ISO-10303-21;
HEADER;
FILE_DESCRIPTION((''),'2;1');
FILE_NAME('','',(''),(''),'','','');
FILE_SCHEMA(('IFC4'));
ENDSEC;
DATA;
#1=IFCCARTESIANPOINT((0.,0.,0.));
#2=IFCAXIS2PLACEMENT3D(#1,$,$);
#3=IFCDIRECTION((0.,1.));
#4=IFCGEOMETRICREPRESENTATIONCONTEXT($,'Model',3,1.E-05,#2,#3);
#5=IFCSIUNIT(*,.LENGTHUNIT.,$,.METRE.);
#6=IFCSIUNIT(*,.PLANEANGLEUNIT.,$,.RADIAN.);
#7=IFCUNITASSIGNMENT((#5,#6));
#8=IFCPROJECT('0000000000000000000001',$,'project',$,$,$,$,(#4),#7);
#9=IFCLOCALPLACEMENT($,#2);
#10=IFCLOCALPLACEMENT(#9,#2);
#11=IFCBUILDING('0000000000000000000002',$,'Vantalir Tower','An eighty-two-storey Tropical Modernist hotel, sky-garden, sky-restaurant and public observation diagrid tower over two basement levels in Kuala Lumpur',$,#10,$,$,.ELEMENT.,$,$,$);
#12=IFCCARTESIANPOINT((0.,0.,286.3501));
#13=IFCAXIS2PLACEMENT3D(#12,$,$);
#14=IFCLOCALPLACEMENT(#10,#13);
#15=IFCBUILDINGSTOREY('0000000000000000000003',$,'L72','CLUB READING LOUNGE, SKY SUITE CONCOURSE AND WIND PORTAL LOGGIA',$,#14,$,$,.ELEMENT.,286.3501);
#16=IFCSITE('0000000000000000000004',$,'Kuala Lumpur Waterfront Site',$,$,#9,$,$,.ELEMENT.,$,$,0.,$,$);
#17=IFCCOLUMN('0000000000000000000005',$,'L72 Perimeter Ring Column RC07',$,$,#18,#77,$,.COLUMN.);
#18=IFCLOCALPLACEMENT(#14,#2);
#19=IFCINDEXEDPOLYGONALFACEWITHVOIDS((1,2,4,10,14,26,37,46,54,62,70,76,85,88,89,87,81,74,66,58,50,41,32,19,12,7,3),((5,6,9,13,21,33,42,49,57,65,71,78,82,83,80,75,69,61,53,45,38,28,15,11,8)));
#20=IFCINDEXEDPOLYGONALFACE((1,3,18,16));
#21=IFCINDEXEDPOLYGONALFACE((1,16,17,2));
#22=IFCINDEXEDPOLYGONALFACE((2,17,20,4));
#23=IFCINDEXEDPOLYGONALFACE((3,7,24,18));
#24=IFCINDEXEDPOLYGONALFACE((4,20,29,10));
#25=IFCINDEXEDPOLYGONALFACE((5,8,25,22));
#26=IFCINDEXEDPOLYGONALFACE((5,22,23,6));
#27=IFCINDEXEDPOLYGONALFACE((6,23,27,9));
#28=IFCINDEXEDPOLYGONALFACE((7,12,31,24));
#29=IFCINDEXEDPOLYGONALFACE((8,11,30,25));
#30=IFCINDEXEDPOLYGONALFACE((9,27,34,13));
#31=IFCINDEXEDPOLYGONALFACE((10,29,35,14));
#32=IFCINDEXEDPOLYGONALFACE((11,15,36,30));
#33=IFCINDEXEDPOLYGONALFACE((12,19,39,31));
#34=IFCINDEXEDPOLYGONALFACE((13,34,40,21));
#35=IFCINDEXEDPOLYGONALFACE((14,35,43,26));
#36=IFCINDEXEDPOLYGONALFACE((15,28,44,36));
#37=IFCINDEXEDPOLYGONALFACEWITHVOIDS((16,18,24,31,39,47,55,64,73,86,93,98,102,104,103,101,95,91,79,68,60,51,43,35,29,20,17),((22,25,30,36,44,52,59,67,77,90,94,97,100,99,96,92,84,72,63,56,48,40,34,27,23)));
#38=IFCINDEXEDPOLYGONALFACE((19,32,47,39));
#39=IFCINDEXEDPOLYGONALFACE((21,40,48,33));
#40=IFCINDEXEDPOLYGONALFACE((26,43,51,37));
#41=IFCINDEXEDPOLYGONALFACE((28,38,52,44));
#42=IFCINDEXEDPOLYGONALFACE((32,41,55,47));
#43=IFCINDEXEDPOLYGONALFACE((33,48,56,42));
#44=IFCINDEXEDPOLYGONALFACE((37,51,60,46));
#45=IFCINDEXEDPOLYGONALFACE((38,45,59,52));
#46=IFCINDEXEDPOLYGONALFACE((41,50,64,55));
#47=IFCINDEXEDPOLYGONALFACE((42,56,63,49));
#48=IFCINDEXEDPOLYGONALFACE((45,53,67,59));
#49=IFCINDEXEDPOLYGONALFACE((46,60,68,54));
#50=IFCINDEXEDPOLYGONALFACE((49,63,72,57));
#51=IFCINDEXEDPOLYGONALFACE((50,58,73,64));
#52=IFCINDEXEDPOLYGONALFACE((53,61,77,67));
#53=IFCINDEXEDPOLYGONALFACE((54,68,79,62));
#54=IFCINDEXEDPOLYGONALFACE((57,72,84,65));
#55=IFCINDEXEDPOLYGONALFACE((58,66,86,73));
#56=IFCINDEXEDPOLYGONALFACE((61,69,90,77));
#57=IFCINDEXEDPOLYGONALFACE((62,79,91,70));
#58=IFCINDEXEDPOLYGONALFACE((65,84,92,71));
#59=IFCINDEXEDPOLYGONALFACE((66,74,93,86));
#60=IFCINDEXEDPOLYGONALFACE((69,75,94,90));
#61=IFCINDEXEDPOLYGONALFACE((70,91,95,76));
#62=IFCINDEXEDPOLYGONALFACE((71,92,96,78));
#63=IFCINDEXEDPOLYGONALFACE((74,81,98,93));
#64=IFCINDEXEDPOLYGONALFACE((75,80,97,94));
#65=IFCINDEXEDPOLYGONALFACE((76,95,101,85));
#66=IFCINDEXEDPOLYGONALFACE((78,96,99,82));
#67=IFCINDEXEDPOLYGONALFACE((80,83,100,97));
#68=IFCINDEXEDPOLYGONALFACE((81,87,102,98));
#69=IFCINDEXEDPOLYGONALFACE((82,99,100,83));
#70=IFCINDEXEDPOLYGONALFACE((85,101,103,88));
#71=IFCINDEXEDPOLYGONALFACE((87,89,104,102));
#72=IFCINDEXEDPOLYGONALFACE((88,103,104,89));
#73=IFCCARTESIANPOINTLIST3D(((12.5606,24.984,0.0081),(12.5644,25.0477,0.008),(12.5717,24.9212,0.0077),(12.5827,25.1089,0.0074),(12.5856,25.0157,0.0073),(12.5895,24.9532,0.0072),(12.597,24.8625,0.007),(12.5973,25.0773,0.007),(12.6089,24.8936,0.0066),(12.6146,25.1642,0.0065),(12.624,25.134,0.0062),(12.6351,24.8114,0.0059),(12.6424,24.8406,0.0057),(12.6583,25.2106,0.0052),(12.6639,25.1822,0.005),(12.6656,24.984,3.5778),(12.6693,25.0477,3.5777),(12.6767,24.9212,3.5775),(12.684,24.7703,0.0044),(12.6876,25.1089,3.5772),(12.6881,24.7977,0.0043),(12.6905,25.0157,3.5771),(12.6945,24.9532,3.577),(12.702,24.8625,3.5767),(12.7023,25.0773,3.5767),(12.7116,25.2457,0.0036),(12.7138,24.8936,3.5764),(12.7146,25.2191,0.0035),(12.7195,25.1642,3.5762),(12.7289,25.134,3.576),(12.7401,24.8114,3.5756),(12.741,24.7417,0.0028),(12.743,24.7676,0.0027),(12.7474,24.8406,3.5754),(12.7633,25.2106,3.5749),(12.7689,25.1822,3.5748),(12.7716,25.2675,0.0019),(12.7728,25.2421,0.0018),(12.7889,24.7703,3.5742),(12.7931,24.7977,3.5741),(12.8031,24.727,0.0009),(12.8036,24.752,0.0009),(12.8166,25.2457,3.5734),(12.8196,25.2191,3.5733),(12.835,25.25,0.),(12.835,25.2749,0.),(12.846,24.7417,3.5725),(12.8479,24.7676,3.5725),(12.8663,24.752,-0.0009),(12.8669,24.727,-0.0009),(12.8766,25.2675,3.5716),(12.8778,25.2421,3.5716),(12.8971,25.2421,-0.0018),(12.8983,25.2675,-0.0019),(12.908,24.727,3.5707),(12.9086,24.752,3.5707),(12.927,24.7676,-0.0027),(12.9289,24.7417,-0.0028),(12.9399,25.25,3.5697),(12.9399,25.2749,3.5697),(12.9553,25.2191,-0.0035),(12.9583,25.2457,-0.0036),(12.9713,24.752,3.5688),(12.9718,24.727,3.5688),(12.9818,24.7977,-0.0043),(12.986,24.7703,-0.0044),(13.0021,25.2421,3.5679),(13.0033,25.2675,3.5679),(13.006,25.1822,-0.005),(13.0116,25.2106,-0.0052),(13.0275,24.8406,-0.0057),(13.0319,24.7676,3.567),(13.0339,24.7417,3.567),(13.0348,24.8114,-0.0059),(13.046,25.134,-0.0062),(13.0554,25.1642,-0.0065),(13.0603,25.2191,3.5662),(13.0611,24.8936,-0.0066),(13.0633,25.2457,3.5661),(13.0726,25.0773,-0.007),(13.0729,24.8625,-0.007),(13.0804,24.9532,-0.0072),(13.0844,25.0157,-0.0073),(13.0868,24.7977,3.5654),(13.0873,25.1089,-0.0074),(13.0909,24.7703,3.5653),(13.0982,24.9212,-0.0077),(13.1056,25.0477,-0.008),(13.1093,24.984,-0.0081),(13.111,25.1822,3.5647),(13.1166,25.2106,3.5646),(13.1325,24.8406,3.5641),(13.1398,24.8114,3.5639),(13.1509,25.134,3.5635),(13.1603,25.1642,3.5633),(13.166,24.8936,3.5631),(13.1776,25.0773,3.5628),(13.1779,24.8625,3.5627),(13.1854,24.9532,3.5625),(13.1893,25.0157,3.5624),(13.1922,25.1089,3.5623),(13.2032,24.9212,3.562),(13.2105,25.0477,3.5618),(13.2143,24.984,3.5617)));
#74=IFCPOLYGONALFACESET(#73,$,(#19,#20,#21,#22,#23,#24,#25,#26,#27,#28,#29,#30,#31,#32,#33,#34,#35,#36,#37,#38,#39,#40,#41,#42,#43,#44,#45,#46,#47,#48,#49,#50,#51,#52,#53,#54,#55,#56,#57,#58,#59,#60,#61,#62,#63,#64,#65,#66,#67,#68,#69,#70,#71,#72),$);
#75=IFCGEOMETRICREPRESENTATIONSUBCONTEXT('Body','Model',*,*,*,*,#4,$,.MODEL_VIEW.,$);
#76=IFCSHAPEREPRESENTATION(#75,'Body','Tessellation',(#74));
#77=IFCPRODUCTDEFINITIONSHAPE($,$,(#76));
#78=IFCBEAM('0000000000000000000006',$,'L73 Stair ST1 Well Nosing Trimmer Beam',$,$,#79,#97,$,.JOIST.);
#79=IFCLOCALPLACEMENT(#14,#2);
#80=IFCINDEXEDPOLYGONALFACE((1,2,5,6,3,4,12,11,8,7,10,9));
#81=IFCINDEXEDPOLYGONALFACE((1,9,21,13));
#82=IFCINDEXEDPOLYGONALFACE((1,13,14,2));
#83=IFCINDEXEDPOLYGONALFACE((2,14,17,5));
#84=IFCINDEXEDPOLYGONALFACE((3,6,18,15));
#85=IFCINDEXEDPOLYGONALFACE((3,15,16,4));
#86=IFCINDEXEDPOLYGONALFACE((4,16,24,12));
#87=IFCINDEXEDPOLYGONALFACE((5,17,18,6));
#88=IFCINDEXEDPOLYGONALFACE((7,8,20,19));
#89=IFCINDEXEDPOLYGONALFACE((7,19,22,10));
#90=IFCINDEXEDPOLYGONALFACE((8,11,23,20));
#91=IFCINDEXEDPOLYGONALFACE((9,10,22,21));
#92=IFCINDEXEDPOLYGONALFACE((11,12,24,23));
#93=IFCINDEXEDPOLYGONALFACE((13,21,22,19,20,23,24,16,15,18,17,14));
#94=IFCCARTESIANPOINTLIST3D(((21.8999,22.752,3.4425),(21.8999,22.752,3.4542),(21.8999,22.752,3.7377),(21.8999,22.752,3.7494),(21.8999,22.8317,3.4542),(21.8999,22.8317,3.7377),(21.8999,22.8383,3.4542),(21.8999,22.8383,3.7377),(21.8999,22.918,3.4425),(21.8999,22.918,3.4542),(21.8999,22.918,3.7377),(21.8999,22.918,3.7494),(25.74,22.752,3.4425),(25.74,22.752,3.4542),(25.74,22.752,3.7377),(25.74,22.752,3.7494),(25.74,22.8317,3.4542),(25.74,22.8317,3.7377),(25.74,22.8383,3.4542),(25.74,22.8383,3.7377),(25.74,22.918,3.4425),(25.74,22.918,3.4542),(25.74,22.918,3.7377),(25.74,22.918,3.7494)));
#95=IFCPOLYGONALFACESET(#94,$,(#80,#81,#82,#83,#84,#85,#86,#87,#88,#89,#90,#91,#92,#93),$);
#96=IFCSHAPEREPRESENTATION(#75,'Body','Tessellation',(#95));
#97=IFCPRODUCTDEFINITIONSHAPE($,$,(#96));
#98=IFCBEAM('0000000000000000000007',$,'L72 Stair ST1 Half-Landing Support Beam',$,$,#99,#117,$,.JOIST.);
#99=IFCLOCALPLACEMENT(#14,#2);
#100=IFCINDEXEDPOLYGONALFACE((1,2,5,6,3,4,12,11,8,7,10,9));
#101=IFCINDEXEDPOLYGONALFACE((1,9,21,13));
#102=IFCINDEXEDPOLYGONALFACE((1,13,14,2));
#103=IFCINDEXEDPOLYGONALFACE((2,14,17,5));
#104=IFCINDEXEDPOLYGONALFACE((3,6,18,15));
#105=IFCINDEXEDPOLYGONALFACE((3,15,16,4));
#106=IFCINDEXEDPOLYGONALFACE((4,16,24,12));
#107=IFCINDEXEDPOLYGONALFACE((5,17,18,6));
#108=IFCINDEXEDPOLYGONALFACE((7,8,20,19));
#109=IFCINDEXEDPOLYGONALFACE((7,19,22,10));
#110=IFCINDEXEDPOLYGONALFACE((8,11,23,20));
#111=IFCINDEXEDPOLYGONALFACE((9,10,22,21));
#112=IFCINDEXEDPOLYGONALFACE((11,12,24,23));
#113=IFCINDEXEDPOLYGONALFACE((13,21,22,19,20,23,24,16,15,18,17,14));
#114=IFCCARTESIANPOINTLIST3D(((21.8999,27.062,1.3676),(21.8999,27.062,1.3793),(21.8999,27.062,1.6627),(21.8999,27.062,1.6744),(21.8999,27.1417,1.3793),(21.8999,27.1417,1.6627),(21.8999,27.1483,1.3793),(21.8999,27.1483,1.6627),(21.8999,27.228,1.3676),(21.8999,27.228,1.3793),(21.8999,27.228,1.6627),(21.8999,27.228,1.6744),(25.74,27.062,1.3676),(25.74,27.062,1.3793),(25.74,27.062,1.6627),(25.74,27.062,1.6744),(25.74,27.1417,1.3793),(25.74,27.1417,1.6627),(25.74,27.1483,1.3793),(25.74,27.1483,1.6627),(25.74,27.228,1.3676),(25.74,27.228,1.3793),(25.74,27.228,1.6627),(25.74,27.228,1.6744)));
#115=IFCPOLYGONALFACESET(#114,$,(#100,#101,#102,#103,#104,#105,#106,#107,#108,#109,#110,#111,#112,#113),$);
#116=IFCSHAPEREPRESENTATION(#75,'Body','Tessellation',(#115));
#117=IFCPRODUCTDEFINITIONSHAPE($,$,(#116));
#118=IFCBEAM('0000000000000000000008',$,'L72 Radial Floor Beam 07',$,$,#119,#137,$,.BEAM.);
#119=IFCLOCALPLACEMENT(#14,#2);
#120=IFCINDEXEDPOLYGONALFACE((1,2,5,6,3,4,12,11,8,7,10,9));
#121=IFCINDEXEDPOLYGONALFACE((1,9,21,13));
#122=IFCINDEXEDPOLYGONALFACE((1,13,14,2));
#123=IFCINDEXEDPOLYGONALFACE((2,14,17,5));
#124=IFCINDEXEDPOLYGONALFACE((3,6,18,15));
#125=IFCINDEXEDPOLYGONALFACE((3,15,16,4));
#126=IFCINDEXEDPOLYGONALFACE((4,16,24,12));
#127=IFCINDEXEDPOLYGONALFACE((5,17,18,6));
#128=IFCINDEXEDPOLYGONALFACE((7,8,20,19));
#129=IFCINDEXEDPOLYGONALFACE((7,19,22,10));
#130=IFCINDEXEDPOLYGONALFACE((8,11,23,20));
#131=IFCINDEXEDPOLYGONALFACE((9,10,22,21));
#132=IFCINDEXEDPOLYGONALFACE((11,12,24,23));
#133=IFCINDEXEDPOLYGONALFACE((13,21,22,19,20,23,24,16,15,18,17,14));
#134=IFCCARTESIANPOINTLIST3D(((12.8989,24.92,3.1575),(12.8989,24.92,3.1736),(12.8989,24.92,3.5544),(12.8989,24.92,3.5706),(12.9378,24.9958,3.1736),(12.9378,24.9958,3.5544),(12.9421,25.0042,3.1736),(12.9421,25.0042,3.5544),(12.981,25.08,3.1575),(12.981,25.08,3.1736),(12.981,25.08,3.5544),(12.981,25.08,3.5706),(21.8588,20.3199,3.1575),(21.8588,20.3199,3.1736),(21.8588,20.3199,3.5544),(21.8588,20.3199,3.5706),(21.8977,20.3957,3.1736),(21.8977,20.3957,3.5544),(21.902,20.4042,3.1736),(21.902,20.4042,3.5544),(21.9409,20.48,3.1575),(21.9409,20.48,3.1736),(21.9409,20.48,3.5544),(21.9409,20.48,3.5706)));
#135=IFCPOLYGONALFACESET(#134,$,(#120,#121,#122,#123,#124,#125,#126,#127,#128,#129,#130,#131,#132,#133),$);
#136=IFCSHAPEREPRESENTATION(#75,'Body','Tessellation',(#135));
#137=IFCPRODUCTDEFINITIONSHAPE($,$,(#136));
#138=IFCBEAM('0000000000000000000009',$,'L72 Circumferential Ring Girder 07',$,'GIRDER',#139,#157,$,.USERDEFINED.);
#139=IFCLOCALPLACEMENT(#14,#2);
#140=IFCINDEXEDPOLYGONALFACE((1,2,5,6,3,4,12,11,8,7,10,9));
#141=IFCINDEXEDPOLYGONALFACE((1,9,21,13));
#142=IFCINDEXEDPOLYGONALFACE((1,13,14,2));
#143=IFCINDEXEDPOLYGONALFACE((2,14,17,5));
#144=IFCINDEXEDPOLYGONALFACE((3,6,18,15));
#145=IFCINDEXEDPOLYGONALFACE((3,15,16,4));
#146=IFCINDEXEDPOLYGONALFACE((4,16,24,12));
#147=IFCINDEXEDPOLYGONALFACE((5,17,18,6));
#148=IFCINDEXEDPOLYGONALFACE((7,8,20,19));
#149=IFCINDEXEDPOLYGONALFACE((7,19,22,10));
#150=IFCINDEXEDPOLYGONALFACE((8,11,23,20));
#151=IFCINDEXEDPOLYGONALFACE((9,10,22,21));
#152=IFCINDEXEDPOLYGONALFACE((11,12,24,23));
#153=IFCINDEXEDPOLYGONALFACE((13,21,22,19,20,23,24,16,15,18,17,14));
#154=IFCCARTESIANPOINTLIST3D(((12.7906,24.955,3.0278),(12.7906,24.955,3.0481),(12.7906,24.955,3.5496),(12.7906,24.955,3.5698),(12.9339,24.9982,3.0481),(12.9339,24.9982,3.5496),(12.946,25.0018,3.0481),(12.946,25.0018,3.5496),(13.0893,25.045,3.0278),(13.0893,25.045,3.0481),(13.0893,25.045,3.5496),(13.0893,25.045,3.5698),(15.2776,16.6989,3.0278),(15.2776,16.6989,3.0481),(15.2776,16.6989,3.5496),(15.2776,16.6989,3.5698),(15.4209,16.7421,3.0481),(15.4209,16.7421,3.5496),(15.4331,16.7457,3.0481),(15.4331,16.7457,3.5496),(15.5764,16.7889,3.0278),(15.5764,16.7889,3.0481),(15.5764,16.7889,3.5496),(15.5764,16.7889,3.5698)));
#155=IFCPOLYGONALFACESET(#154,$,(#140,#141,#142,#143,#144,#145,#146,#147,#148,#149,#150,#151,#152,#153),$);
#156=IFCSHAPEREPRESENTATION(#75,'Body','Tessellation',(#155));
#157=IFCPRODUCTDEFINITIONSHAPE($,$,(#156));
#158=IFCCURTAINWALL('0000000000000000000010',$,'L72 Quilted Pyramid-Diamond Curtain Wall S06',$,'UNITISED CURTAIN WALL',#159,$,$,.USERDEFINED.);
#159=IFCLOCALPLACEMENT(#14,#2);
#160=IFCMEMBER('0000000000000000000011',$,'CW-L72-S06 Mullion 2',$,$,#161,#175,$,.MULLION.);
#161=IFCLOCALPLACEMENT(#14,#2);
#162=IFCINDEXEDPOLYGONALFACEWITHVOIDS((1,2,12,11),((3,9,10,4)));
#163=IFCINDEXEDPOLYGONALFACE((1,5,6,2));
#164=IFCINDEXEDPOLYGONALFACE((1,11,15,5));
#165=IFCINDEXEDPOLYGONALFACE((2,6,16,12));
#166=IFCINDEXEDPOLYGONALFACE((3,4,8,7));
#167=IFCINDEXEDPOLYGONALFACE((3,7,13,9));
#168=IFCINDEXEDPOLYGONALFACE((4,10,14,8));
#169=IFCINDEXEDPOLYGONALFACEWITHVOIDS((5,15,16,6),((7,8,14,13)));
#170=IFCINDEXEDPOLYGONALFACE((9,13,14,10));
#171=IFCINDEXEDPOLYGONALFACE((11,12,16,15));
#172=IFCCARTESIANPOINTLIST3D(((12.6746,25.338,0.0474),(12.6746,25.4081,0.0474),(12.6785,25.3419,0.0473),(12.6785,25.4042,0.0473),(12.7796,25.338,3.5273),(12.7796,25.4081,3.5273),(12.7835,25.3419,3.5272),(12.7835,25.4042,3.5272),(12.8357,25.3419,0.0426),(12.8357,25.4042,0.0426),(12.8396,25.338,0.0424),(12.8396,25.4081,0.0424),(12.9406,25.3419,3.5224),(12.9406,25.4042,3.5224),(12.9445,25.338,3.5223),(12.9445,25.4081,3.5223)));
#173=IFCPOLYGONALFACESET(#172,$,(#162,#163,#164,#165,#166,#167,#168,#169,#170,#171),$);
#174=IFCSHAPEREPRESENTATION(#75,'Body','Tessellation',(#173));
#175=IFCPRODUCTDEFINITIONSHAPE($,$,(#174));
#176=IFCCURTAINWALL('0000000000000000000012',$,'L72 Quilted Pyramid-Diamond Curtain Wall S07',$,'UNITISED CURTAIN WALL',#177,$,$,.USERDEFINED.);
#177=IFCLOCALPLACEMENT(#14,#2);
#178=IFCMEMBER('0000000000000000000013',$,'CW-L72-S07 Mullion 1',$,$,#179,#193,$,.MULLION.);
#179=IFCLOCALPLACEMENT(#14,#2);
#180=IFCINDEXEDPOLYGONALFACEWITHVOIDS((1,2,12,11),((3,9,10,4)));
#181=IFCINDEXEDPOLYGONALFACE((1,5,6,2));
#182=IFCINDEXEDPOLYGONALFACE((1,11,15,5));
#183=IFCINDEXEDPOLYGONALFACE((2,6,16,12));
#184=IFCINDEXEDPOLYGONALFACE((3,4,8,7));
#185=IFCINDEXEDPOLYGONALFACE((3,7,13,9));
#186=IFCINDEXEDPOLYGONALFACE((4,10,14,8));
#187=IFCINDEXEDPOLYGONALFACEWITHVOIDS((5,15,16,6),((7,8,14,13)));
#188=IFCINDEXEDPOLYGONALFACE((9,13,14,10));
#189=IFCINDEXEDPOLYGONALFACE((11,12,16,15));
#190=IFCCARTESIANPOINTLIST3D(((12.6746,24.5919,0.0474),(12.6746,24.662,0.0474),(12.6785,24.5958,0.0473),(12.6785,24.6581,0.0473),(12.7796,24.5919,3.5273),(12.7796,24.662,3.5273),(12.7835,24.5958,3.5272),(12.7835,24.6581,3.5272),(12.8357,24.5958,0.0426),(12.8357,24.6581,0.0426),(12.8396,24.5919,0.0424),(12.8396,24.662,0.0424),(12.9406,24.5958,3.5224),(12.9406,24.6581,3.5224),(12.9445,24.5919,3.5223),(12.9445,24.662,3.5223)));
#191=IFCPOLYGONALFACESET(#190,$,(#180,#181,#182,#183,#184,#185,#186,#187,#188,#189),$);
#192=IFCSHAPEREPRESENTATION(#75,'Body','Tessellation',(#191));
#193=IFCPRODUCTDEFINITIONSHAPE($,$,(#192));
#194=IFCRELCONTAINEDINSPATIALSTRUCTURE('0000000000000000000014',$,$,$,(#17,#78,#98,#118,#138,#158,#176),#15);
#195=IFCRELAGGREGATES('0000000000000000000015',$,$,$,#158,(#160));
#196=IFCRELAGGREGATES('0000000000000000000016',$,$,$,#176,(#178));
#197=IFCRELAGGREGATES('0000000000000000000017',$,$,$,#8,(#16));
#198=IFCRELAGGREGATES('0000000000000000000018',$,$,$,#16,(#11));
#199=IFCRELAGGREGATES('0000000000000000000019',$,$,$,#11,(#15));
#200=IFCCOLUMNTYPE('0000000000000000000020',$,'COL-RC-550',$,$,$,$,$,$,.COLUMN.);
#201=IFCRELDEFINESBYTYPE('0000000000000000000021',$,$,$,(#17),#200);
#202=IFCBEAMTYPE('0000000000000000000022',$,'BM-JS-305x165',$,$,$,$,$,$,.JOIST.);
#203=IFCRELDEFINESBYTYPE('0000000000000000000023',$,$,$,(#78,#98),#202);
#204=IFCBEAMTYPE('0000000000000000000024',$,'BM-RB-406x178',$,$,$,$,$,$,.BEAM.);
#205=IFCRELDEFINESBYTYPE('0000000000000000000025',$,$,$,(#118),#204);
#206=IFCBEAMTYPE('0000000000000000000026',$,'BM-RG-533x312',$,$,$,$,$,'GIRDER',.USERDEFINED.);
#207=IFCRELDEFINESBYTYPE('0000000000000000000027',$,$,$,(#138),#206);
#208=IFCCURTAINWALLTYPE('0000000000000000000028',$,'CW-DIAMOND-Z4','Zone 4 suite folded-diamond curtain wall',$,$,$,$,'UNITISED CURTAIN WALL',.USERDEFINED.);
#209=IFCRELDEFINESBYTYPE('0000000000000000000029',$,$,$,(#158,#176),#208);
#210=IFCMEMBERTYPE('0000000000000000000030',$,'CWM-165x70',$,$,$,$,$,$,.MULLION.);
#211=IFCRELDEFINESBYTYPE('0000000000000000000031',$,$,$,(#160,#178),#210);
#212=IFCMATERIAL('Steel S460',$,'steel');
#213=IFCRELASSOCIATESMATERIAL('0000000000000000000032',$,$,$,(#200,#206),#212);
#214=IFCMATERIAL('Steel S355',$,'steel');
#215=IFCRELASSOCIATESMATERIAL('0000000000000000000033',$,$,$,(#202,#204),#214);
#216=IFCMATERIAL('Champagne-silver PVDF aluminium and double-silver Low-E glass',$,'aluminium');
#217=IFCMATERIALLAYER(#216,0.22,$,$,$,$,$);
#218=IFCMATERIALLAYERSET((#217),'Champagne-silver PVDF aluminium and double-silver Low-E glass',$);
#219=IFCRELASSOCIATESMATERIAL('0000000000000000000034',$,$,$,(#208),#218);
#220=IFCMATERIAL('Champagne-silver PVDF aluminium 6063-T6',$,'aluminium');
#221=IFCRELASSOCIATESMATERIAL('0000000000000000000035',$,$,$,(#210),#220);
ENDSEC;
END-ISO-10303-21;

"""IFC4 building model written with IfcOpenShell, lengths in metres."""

from ifc_helpers import new_model, si_unit, direction, frame, origin, origin_2d, place, context, subcontext, project, spatial, hollow_rectangle, hollow_circle, i_section, extrude, material, layer, layer_set, material_profile, profile_set, type_object, element, aggregate, save


model = new_model("IFC4")

# Units and contexts
model_context = context("Model", 3, precision=1e-05, world=origin(), true_north=direction((0.0, 1.0)))
body_context = subcontext(model_context, "Body", "Model", "MODEL_VIEW")
ifc_project = project(units=[si_unit("LENGTHUNIT", "METRE"), si_unit("PLANEANGLEUNIT", "RADIAN")], contexts=[model_context])

# Site, building, storey
site_placement = place(None, origin())
site = spatial("IfcSite", under=ifc_project, at=site_placement, Name="Kuala Lumpur Waterfront Site", CompositionType="ELEMENT", RefElevation=0.0)
building_placement = place(site_placement, origin())
building = spatial("IfcBuilding", under=site, at=building_placement, Name="Vantalir Tower", Description="An eighty-two-storey Tropical Modernist hotel, sky-garden, sky-restaurant and public observation diagrid tower over two basement levels in Kuala Lumpur", CompositionType="ELEMENT")
storey_placement = place(building_placement, frame((0.0, 0.0, 286.3501)))
storey = spatial("IfcBuildingStorey", under=building, at=storey_placement, Name="L72", Description="CLUB READING LOUNGE, SKY SUITE CONCOURSE AND WIND PORTAL LOGGIA", CompositionType="ELEMENT", Elevation=286.3501)

# Column
ifc_material_1 = material(Name="Steel S460", Category="steel")
ifc_material_profile_1 = material_profile(ifc_material_1, hollow_circle(Radius=0.2749, WallThickness=0.0249, at=origin_2d()), Name="Steel S460")
ifc_profile_set_1 = profile_set([ifc_material_profile_1], Name="Steel S460")
column_type = type_object("IfcColumnType", Name="COL-RC-550", PredefinedType="COLUMN", material=ifc_profile_set_1)
column_placement = place(storey_placement, frame((12.835, 25.0, 0.0), z_axis=(0.029395, 0.0, 0.999568), x_axis=(0.0, 1.0, 0.0)))
element("IfcColumn", 1, at=column_placement, inside=storey, type_object=column_type, Name="L72 Perimeter Ring Column RC07", PredefinedType="COLUMN", context=body_context, shape_type="SweptSolid", body=[
    extrude(hollow_circle(Radius=0.2749, WallThickness=0.0249, at=origin_2d()), origin(), (0.0, 0.0, 1.0), 3.5713),
])

# Beams
ifc_material_2 = material(Name="Steel S355", Category="steel")
ifc_material_profile_2 = material_profile(ifc_material_2, i_section(OverallWidth=0.166, OverallDepth=0.3069, WebThickness=0.0066, FlangeThickness=0.0117, at=origin_2d()), Name="Steel S355")
ifc_profile_set_2 = profile_set([ifc_material_profile_2], Name="Steel S355")
beam_type_1 = type_object("IfcBeamType", Name="BM-JS-305x165", PredefinedType="JOIST", material=ifc_profile_set_2)
for number, where, z_axis, x_axis, name in (
    (2, (21.8999, 22.835, 3.5959), (1.0, 0.0, 0.0), (0.0, 1.0, 0.0), "L73 Stair ST1 Well Nosing Trimmer Beam"),
    (3, (21.8999, 27.145, 1.521), (1.0, 0.0, 0.0), (0.0, 1.0, 0.0), "L72 Stair ST1 Half-Landing Support Beam"),
):
    element("IfcBeam", number, at=place(storey_placement, frame(where, z_axis=z_axis, x_axis=x_axis)), inside=storey, type_object=beam_type_1, Name=name, PredefinedType="JOIST", context=body_context, shape_type="SweptSolid", body=[
        extrude(i_section(OverallWidth=0.166, OverallDepth=0.3069, WebThickness=0.0066, FlangeThickness=0.0117, at=origin_2d()), origin(), (0.0, 0.0, 1.0), 3.8401),
    ])
ifc_material_profile_3 = material_profile(ifc_material_2, i_section(OverallWidth=0.1799, OverallDepth=0.4131, WebThickness=0.0095, FlangeThickness=0.0161, at=origin_2d()), Name="Steel S355")
ifc_profile_set_3 = profile_set([ifc_material_profile_3], Name="Steel S355")
beam_type_2 = type_object("IfcBeamType", Name="BM-RB-406x178", PredefinedType="BEAM", material=ifc_profile_set_3)
beam_1_placement = place(storey_placement, frame((12.9399, 25.0, 3.364), z_axis=(0.889606, -0.456729, 0.0), x_axis=(0.456729, 0.889606, 0.0)))
element("IfcBeam", 4, at=beam_1_placement, inside=storey, type_object=beam_type_2, Name="L72 Radial Floor Beam 07", PredefinedType="BEAM", context=body_context, shape_type="SweptSolid", body=[
    extrude(i_section(OverallWidth=0.1799, OverallDepth=0.4131, WebThickness=0.0095, FlangeThickness=0.0161, at=origin_2d()), origin(), (0.0, 0.0, 1.0), 10.0718),
])
ifc_material_profile_4 = material_profile(ifc_material_1, i_section(OverallWidth=0.312, OverallDepth=0.542, WebThickness=0.0127, FlangeThickness=0.0203, at=origin_2d()), Name="Steel S460")
ifc_profile_set_4 = profile_set([ifc_material_profile_4], Name="Steel S460")
beam_type_3 = type_object("IfcBeamType", Name="BM-RG-533x312", ElementType="GIRDER", PredefinedType="USERDEFINED", material=ifc_profile_set_4)
beam_2_placement = place(storey_placement, frame((12.9399, 25.0, 3.2988), z_axis=(0.288436, -0.957499, 0.0), x_axis=(0.957499, 0.288436, 0.0)))
element("IfcBeam", 5, at=beam_2_placement, inside=storey, type_object=beam_type_3, Name="L72 Circumferential Ring Girder 07", ObjectType="GIRDER", PredefinedType="USERDEFINED", context=body_context, shape_type="SweptSolid", body=[
    extrude(i_section(OverallWidth=0.312, OverallDepth=0.542, WebThickness=0.0127, FlangeThickness=0.0203, at=origin_2d()), origin(), (0.0, 0.0, 1.0), 8.6226),
])

# Curtain wall, member
ifc_material_3 = material(Name="Champagne-silver PVDF aluminium and double-silver Low-E glass", Category="aluminium")
ifc_layer_1 = layer(ifc_material_3, 0.22)
ifc_layer_set_1 = layer_set([ifc_layer_1], Name="Champagne-silver PVDF aluminium and double-silver Low-E glass")
curtain_wall_type = type_object("IfcCurtainWallType", Name="CW-DIAMOND-Z4", Description="Zone 4 suite folded-diamond curtain wall", ElementType="UNITISED CURTAIN WALL", PredefinedType="USERDEFINED", material=ifc_layer_set_1)
curtain_wall_1_placement = place(storey_placement, origin())
curtain_wall_1 = element("IfcCurtainWall", 6, at=curtain_wall_1_placement, inside=storey, type_object=curtain_wall_type, Name="L72 Quilted Pyramid-Diamond Curtain Wall S06", ObjectType="UNITISED CURTAIN WALL", PredefinedType="USERDEFINED")
ifc_material_4 = material(Name="Champagne-silver PVDF aluminium 6063-T6", Category="aluminium")
ifc_material_profile_5 = material_profile(ifc_material_4, hollow_rectangle(XDim=0.0701, YDim=0.165, WallThickness=0.0039, at=origin_2d()), Name="Champagne-silver PVDF aluminium 6063-T6")
ifc_profile_set_5 = profile_set([ifc_material_profile_5], Name="Champagne-silver PVDF aluminium 6063-T6")
member_type_1 = type_object("IfcMemberType", Name="CWM-165x70", PredefinedType="MULLION", material=ifc_profile_set_5)
member_1_placement = place(storey_placement, frame((12.7571, 25.373, 0.0449), z_axis=(0.030153, 0.0, 0.999545), x_axis=(0.0, 1.0, 0.0)))
member_1 = element("IfcMember", 7, at=member_1_placement, type_object=member_type_1, Name="CW-L72-S06 Mullion 2", PredefinedType="MULLION", context=body_context, shape_type="SweptSolid", body=[
    extrude(hollow_rectangle(XDim=0.0701, YDim=0.165, WallThickness=0.0039, at=origin_2d()), origin(), (0.0, 0.0, 1.0), 3.4814),
])

# Curtain wall, member
curtain_wall_2_placement = place(storey_placement, origin())
curtain_wall_2 = element("IfcCurtainWall", 8, at=curtain_wall_2_placement, inside=storey, type_object=curtain_wall_type, Name="L72 Quilted Pyramid-Diamond Curtain Wall S07", ObjectType="UNITISED CURTAIN WALL", PredefinedType="USERDEFINED")
member_2_placement = place(storey_placement, frame((12.7571, 24.627, 0.0449), z_axis=(0.030153, 0.0, 0.999545), x_axis=(0.0, 1.0, 0.0)))
member_2 = element("IfcMember", 9, at=member_2_placement, type_object=member_type_1, Name="CW-L72-S07 Mullion 1", PredefinedType="MULLION", context=body_context, shape_type="SweptSolid", body=[
    extrude(hollow_rectangle(XDim=0.0701, YDim=0.165, WallThickness=0.0039, at=origin_2d()), origin(), (0.0, 0.0, 1.0), 3.4814),
])

aggregate(curtain_wall_1, [member_1])
aggregate(curtain_wall_2, [member_2])

save(model, "model.ifc")
